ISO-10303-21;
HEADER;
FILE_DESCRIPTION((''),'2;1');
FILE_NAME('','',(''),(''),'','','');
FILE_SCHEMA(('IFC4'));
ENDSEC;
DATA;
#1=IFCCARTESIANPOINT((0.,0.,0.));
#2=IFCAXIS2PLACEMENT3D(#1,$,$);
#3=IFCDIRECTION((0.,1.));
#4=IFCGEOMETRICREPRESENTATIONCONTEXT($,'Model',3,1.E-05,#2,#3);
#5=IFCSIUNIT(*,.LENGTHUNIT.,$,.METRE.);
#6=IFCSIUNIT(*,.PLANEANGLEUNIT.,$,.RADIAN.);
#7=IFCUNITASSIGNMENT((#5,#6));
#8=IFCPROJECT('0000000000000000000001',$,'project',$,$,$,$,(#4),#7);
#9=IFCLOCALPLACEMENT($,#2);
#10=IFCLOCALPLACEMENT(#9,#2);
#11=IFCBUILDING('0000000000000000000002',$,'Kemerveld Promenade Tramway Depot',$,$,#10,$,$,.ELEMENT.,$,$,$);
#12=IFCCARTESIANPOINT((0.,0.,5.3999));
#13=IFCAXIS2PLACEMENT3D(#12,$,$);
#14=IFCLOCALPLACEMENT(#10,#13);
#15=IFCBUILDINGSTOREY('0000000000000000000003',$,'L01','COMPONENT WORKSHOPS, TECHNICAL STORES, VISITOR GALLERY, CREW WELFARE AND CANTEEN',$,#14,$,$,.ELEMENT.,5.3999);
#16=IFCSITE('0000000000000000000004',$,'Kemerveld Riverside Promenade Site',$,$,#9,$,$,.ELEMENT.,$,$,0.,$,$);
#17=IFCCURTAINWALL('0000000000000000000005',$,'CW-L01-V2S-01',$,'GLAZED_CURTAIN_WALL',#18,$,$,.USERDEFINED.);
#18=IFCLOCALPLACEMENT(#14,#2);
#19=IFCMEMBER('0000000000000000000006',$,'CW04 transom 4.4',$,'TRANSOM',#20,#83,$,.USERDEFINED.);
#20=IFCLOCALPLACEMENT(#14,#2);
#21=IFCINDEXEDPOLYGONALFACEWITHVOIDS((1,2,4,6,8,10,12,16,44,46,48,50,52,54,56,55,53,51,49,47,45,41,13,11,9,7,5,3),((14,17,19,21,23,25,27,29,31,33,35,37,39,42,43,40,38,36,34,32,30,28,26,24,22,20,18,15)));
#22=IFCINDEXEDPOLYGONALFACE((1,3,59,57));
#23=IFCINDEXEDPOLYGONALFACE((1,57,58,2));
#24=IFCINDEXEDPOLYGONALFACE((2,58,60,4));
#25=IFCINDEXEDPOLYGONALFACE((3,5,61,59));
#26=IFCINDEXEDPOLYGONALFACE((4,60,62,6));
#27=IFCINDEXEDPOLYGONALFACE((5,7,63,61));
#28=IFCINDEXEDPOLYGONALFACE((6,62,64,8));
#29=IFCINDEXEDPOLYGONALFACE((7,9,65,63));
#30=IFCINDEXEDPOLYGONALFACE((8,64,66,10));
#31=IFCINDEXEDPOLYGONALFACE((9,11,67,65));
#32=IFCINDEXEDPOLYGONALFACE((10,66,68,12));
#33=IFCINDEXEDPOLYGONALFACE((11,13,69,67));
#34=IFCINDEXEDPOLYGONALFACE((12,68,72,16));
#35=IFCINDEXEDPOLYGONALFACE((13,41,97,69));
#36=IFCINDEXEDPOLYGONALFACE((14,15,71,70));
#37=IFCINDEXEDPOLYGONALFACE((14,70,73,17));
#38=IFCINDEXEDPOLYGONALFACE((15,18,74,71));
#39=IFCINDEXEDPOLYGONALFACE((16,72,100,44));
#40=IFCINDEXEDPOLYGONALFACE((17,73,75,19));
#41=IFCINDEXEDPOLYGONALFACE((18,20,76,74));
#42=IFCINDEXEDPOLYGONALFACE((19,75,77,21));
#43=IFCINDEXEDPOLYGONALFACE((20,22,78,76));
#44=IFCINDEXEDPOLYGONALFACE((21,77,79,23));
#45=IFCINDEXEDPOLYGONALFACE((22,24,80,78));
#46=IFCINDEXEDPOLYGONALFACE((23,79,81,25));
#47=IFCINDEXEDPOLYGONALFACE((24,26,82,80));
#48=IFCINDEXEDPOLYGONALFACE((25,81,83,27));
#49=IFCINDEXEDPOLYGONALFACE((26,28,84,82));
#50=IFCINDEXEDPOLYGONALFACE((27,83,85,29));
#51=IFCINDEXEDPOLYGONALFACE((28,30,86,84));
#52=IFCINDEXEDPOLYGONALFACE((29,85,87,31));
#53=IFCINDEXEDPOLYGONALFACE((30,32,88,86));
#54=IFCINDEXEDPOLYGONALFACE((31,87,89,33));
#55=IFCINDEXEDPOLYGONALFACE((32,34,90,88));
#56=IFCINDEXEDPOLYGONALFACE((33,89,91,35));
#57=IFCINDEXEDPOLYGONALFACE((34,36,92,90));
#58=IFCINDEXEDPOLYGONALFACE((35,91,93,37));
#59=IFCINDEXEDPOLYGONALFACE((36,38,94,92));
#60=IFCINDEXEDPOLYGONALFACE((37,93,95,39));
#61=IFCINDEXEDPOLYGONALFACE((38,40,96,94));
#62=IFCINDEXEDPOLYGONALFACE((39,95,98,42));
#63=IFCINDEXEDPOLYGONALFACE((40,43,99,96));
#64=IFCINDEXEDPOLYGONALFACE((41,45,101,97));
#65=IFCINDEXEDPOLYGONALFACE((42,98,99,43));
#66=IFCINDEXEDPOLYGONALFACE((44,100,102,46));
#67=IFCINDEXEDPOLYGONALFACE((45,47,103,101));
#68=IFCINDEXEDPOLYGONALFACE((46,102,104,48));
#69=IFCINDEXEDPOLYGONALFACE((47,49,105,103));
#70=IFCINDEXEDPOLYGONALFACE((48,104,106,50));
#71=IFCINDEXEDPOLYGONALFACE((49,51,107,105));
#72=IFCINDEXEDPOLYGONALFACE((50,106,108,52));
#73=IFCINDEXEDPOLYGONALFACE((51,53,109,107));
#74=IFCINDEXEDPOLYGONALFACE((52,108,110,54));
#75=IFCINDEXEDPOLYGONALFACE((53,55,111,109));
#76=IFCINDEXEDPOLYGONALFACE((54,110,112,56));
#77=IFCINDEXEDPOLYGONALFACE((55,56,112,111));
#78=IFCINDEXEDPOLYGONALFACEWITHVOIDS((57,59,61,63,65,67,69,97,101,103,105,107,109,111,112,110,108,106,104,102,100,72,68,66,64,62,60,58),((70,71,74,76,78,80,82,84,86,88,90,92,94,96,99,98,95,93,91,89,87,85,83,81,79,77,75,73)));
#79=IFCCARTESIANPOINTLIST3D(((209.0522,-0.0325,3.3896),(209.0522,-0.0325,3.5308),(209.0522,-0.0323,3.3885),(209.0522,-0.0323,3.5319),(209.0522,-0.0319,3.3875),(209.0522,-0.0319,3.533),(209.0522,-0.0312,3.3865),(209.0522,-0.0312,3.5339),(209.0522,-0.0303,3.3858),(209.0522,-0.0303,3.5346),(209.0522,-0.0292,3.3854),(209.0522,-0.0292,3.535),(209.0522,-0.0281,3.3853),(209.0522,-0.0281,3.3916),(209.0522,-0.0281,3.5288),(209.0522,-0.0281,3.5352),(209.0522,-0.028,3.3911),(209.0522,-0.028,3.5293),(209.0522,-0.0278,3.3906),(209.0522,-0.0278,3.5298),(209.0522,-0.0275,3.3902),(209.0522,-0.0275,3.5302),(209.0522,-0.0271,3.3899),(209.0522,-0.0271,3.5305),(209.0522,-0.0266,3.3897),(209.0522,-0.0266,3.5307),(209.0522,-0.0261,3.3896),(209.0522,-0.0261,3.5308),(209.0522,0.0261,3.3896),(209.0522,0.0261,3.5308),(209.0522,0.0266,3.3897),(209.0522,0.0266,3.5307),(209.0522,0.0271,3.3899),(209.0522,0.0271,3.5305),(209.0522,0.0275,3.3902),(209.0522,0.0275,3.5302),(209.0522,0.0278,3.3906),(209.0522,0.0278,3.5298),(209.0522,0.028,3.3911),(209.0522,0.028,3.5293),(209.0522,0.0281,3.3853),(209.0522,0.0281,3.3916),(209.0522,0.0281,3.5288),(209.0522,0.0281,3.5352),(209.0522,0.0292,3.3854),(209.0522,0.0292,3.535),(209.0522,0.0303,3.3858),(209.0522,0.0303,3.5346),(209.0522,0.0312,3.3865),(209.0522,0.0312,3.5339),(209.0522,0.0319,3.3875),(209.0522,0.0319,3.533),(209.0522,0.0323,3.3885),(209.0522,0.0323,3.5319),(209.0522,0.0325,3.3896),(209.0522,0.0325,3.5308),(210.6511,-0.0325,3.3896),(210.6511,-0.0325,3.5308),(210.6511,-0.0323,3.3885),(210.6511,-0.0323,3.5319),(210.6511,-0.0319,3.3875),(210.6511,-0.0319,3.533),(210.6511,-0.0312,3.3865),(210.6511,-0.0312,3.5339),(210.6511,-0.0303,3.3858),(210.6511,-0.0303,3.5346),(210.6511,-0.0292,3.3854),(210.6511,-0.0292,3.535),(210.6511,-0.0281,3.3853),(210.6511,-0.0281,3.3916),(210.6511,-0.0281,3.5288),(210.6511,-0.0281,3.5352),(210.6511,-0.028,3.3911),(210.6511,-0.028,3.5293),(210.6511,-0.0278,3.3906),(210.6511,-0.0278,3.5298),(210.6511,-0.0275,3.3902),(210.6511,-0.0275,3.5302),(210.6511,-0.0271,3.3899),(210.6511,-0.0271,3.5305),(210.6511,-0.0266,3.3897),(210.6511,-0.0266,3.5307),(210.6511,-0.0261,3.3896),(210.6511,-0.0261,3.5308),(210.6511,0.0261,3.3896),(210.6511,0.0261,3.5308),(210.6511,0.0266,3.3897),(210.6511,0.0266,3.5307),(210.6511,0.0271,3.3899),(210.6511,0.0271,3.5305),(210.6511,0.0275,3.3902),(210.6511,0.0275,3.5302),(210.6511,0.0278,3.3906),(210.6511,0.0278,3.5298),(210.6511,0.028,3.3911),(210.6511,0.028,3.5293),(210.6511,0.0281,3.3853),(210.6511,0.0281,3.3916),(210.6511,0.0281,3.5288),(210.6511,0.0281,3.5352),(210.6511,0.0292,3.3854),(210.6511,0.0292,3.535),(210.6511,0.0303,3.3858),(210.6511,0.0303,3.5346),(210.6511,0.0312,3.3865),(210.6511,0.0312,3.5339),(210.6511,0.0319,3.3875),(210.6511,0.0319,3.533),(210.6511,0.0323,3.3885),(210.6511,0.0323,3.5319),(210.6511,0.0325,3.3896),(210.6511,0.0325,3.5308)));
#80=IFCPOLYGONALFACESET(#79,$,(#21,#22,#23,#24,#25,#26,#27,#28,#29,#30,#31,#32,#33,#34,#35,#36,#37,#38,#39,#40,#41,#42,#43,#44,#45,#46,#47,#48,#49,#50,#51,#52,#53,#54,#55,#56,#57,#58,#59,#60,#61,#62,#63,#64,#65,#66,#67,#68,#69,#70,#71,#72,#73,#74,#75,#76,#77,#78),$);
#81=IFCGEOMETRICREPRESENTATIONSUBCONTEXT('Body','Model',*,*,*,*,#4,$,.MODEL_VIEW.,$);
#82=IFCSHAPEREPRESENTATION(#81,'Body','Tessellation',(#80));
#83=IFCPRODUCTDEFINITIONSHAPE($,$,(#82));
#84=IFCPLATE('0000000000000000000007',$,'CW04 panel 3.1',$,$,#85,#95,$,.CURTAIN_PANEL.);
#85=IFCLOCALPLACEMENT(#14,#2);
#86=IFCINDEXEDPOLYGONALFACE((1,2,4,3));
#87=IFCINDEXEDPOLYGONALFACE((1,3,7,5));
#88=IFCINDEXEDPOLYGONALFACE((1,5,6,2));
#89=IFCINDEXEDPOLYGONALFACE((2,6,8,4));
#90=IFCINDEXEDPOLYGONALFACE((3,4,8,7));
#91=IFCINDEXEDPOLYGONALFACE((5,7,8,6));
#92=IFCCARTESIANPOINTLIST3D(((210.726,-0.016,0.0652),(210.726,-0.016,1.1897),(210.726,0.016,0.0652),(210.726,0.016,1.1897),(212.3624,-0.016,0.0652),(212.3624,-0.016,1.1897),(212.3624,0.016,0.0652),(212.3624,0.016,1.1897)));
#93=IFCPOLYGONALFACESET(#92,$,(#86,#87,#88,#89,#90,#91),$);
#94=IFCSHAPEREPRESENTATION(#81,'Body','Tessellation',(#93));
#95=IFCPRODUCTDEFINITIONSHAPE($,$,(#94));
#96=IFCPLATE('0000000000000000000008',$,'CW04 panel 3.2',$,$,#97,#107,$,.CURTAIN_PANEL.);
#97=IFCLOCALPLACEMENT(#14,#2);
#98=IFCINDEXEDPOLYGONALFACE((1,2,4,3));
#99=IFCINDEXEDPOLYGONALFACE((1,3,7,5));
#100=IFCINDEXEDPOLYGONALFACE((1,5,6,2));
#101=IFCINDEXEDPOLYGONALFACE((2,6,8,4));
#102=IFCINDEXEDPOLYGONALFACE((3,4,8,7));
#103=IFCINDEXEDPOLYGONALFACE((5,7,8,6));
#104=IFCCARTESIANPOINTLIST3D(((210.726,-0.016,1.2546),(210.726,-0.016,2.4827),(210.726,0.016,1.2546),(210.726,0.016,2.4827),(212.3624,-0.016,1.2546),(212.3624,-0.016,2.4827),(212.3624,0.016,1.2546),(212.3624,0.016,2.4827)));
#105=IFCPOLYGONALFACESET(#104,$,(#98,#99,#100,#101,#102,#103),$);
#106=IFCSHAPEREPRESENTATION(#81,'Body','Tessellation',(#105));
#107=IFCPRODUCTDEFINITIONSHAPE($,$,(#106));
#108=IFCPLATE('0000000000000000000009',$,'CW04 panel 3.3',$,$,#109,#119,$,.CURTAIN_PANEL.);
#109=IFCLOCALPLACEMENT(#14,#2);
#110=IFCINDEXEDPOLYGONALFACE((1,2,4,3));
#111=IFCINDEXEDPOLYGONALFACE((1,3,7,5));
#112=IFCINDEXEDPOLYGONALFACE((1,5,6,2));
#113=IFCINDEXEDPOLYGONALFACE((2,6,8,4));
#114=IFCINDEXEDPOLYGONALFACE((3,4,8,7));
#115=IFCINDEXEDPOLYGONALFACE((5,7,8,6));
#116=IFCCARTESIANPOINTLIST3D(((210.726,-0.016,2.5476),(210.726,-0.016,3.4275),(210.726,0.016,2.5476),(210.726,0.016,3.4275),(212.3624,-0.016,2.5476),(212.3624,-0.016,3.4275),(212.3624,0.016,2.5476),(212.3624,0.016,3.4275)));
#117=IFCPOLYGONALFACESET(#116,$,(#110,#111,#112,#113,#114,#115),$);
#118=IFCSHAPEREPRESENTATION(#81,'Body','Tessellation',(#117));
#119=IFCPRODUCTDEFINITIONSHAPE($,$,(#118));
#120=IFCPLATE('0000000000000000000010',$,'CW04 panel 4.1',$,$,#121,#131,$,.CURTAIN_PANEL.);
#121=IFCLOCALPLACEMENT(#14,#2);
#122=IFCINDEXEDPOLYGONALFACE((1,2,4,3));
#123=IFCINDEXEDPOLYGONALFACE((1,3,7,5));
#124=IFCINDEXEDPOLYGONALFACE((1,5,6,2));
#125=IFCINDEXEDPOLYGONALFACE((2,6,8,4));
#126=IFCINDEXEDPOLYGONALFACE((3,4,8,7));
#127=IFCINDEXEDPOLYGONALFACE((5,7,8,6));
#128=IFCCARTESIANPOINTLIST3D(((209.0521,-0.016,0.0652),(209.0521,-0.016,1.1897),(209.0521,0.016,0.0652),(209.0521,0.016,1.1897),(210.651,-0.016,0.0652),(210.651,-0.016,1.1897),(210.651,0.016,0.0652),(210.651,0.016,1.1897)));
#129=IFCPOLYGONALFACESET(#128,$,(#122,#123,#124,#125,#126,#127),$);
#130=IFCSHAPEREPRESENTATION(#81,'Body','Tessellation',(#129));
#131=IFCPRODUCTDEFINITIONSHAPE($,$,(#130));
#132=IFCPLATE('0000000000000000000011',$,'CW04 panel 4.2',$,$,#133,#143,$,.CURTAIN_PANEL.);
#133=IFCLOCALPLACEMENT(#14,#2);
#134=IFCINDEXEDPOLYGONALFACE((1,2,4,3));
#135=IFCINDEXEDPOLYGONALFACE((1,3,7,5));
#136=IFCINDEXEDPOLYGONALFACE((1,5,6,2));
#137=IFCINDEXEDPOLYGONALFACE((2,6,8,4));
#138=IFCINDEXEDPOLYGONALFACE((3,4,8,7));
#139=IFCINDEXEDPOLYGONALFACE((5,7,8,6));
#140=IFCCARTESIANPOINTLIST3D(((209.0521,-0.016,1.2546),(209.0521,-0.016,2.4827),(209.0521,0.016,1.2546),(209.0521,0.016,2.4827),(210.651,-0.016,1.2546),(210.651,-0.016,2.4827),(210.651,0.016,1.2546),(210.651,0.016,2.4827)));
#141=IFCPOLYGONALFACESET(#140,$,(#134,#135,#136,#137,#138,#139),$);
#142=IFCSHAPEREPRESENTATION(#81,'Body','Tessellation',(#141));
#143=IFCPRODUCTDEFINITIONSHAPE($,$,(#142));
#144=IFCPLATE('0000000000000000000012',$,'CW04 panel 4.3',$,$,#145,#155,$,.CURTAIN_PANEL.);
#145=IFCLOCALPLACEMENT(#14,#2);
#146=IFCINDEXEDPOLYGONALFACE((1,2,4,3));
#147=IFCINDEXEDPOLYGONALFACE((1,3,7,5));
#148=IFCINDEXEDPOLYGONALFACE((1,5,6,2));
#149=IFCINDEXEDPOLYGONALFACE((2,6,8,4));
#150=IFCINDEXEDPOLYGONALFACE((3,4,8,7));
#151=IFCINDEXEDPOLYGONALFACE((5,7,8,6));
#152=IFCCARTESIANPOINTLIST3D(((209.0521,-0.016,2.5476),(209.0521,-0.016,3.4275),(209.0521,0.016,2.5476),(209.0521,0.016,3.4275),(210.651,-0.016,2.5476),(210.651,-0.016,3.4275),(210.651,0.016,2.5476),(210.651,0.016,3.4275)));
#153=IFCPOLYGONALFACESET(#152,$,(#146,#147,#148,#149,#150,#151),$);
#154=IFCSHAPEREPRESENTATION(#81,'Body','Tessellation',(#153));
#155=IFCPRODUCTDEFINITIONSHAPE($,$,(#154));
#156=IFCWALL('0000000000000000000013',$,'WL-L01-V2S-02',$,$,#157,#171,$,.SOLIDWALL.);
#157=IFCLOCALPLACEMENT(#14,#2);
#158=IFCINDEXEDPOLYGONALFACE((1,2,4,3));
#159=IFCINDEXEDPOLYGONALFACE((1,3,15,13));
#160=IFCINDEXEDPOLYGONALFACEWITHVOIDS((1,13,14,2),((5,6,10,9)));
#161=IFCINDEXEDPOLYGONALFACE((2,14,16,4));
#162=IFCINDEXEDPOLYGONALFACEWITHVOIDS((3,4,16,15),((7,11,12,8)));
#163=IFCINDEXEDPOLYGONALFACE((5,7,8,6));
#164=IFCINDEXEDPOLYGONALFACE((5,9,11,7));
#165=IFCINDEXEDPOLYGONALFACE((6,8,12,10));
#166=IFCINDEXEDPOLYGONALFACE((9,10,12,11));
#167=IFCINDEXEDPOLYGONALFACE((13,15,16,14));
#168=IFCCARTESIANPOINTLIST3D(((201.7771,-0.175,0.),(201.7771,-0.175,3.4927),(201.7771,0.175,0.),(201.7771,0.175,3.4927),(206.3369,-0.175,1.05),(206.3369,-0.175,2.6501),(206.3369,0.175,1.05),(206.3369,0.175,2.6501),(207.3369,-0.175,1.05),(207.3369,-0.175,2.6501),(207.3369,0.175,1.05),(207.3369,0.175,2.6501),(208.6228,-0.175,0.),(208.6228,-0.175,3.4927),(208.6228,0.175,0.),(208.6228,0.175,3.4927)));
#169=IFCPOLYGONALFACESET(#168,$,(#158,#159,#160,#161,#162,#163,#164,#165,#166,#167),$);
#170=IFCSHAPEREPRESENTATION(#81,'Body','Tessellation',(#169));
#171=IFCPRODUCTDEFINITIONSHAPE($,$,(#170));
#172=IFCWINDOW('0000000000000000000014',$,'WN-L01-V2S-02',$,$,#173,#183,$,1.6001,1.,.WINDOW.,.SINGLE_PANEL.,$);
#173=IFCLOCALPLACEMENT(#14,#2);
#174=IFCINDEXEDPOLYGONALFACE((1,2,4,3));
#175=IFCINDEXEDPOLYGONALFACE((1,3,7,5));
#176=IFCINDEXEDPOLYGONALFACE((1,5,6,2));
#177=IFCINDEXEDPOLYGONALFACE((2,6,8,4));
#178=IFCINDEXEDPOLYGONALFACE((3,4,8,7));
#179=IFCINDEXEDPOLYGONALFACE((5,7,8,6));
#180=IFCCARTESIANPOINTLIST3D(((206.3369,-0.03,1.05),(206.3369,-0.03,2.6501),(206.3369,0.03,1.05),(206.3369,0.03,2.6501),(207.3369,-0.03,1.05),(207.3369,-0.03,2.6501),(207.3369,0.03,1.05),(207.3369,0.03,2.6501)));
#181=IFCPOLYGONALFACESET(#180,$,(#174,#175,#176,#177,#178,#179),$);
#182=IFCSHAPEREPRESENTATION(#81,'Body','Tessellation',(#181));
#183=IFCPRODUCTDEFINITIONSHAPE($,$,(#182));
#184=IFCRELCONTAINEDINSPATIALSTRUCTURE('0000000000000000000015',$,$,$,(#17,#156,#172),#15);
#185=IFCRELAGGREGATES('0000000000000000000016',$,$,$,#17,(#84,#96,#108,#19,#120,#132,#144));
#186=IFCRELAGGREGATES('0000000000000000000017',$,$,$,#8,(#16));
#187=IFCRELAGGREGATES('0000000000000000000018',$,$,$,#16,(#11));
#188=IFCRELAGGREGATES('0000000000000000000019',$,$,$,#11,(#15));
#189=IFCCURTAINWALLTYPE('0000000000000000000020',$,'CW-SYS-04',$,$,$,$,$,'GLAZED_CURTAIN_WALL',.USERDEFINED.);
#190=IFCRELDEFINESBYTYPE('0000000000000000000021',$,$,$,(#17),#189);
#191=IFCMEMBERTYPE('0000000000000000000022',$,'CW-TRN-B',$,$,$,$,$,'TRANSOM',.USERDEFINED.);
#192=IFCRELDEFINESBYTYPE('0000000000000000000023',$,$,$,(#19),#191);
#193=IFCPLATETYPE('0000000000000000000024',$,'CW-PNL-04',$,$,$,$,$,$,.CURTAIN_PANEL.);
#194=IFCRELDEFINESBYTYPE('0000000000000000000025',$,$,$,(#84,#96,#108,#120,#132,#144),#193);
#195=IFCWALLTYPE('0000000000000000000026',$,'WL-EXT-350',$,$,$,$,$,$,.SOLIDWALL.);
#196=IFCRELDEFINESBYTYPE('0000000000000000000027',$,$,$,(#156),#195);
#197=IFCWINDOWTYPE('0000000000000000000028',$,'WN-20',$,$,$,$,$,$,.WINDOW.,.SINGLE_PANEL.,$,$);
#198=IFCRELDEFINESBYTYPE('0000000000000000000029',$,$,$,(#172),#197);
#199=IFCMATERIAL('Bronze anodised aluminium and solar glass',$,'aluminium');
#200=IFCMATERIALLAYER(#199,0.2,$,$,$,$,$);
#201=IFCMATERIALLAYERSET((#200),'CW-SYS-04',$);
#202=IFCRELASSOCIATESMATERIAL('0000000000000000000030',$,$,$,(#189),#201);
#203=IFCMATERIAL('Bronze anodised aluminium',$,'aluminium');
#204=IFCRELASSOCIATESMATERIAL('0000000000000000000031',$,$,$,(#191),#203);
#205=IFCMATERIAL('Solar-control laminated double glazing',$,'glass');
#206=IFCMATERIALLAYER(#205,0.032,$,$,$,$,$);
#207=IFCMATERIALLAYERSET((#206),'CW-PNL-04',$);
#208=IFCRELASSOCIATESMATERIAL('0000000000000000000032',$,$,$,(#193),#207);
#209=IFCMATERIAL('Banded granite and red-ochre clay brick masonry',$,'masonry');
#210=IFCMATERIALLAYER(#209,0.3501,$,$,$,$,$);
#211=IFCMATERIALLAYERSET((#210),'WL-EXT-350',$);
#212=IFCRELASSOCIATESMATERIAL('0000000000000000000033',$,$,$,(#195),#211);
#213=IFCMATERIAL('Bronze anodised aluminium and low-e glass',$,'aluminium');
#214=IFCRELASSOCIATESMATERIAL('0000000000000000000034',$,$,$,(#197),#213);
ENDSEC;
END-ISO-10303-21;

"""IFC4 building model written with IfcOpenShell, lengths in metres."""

from ifc_helpers import new_model, si_unit, direction, frame, frame_2d, origin, origin_2d, place, context, subcontext, project, spatial, rectangle, hollow_rectangle, extrude, material, layer, layer_set, material_profile, profile_set, type_object, element, fill, aggregate, save


model = new_model("IFC4")

# Units and contexts
model_context = context("Model", 3, precision=1e-05, world=origin(), true_north=direction((0.0, 1.0)))
body_context = subcontext(model_context, "Body", "Model", "MODEL_VIEW")
ifc_project = project(units=[si_unit("LENGTHUNIT", "METRE"), si_unit("PLANEANGLEUNIT", "RADIAN")], contexts=[model_context])

# Site, building, storey
site_placement = place(None, origin())
site = spatial("IfcSite", under=ifc_project, at=site_placement, Name="Kemerveld Riverside Promenade Site", CompositionType="ELEMENT", RefElevation=0.0)
building_placement = place(site_placement, origin())
building = spatial("IfcBuilding", under=site, at=building_placement, Name="Kemerveld Promenade Tramway Depot", CompositionType="ELEMENT")
storey_placement = place(building_placement, frame((0.0, 0.0, 5.3999)))
storey = spatial("IfcBuildingStorey", under=building, at=storey_placement, Name="L01", Description="COMPONENT WORKSHOPS, TECHNICAL STORES, VISITOR GALLERY, CREW WELFARE AND CANTEEN", CompositionType="ELEMENT", Elevation=5.3999)

# Curtain wall, member, plates
ifc_material_1 = material(Name="Bronze anodised aluminium and solar glass", Category="aluminium")
ifc_layer_1 = layer(ifc_material_1, 0.2)
ifc_layer_set_1 = layer_set([ifc_layer_1], Name="CW-SYS-04")
curtain_wall_type = type_object("IfcCurtainWallType", Name="CW-SYS-04", ElementType="GLAZED_CURTAIN_WALL", PredefinedType="USERDEFINED", material=ifc_layer_set_1)
curtain_wall_placement = place(storey_placement, origin())
curtain_wall = element("IfcCurtainWall", 1, at=curtain_wall_placement, inside=storey, type_object=curtain_wall_type, Name="CW-L01-V2S-01", ObjectType="GLAZED_CURTAIN_WALL", PredefinedType="USERDEFINED")
ifc_material_2 = material(Name="Bronze anodised aluminium", Category="aluminium")
ifc_material_profile_1 = material_profile(ifc_material_2, hollow_rectangle(XDim=0.0649, YDim=0.1499, WallThickness=0.0044, InnerFilletRadius=0.002, OuterFilletRadius=0.0044, at=origin_2d()), Name="CW-TRN-150x65")
ifc_profile_set_1 = profile_set([ifc_material_profile_1], Name="Bronze anodised aluminium")
member_type_1 = type_object("IfcMemberType", Name="CW-TRN-B", ElementType="TRANSOM", PredefinedType="USERDEFINED", material=ifc_profile_set_1)
member_1_placement = place(storey_placement, frame((210.6511, 0.0, 3.4602), z_axis=(-1.0, 0.0, 0.0), x_axis=(0.0, -1.0, 0.0)))
member_1 = element("IfcMember", 2, at=member_1_placement, type_object=member_type_1, Name="CW04 transom 4.4", ObjectType="TRANSOM", PredefinedType="USERDEFINED", context=body_context, shape_type="SweptSolid", body=[
    extrude(hollow_rectangle(XDim=0.0649, YDim=0.1499, WallThickness=0.0044, InnerFilletRadius=0.002, OuterFilletRadius=0.0044, at=origin_2d()), origin(), (0.0, 0.0, 1.0), 1.5989),
])
ifc_material_3 = material(Name="Solar-control laminated double glazing", Category="glass")
ifc_layer_2 = layer(ifc_material_3, 0.032)
ifc_layer_set_2 = layer_set([ifc_layer_2], Name="CW-PNL-04")
plate_type = type_object("IfcPlateType", Name="CW-PNL-04", PredefinedType="CURTAIN_PANEL", material=ifc_layer_set_2)
plate_1_placement = place(storey_placement, frame((211.5442, 0.0, 0.0652), z_axis=(0.0, 0.0, 1.0), x_axis=(-1.0, 0.0, 0.0)))
plate_1 = element("IfcPlate", 3, at=plate_1_placement, type_object=plate_type, Name="CW04 panel 3.1", PredefinedType="CURTAIN_PANEL", context=body_context, shape_type="SweptSolid", body=[
    extrude(rectangle(XDim=1.6365, YDim=0.032, at=origin_2d()), origin(), (0.0, 0.0, 1.0), 1.1245),
])
plate_2_placement = place(storey_placement, frame((211.5442, 0.0, 1.2546), z_axis=(0.0, 0.0, 1.0), x_axis=(-1.0, 0.0, 0.0)))
plate_2 = element("IfcPlate", 4, at=plate_2_placement, type_object=plate_type, Name="CW04 panel 3.2", PredefinedType="CURTAIN_PANEL", context=body_context, shape_type="SweptSolid", body=[
    extrude(rectangle(XDim=1.6365, YDim=0.032, at=origin_2d()), origin(), (0.0, 0.0, 1.0), 1.228),
])
plate_3_placement = place(storey_placement, frame((211.5442, 0.0, 2.5476), z_axis=(0.0, 0.0, 1.0), x_axis=(-1.0, 0.0, 0.0)))
plate_3 = element("IfcPlate", 5, at=plate_3_placement, type_object=plate_type, Name="CW04 panel 3.3", PredefinedType="CURTAIN_PANEL", context=body_context, shape_type="SweptSolid", body=[
    extrude(rectangle(XDim=1.6365, YDim=0.032, at=origin_2d()), origin(), (0.0, 0.0, 1.0), 0.8799),
])
plate_4_placement = place(storey_placement, frame((209.8516, 0.0, 0.0652), z_axis=(0.0, 0.0, 1.0), x_axis=(-1.0, 0.0, 0.0)))
plate_4 = element("IfcPlate", 6, at=plate_4_placement, type_object=plate_type, Name="CW04 panel 4.1", PredefinedType="CURTAIN_PANEL", context=body_context, shape_type="SweptSolid", body=[
    extrude(rectangle(XDim=1.5989, YDim=0.032, at=origin_2d()), origin(), (0.0, 0.0, 1.0), 1.1245),
])
plate_5_placement = place(storey_placement, frame((209.8516, 0.0, 1.2546), z_axis=(0.0, 0.0, 1.0), x_axis=(-1.0, 0.0, 0.0)))
plate_5 = element("IfcPlate", 7, at=plate_5_placement, type_object=plate_type, Name="CW04 panel 4.2", PredefinedType="CURTAIN_PANEL", context=body_context, shape_type="SweptSolid", body=[
    extrude(rectangle(XDim=1.5989, YDim=0.032, at=origin_2d()), origin(), (0.0, 0.0, 1.0), 1.228),
])
plate_6_placement = place(storey_placement, frame((209.8516, 0.0, 2.5476), z_axis=(0.0, 0.0, 1.0), x_axis=(-1.0, 0.0, 0.0)))
plate_6 = element("IfcPlate", 8, at=plate_6_placement, type_object=plate_type, Name="CW04 panel 4.3", PredefinedType="CURTAIN_PANEL", context=body_context, shape_type="SweptSolid", body=[
    extrude(rectangle(XDim=1.5989, YDim=0.032, at=origin_2d()), origin(), (0.0, 0.0, 1.0), 0.8799),
])
aggregate(curtain_wall, [plate_1, plate_2, plate_3, member_1, plate_4, plate_5, plate_6])

# Wall, opening, window
ifc_material_4 = material(Name="Banded granite and red-ochre clay brick masonry", Category="masonry")
ifc_layer_3 = layer(ifc_material_4, 0.3501)
ifc_layer_set_3 = layer_set([ifc_layer_3], Name="WL-EXT-350")
wall_type_1 = type_object("IfcWallType", Name="WL-EXT-350", PredefinedType="SOLIDWALL", material=ifc_layer_set_3)
wall_1_placement = place(storey_placement, frame((208.6228, 0.0, 0.0), z_axis=(0.0, 0.0, 1.0), x_axis=(-1.0, 0.0, 0.0)))
wall_1 = element("IfcWall", 9, at=wall_1_placement, inside=storey, type_object=wall_type_1, Name="WL-L01-V2S-02", PredefinedType="SOLIDWALL", context=body_context, shape_type="SweptSolid", body=[
    extrude(rectangle(XDim=6.8457, YDim=0.3501, at=frame_2d((3.4229, 0.0))), origin(), (0.0, 0.0, 1.0), 3.4927),
])
opening_1_placement = place(wall_1_placement, frame((1.2859, 0.0, 1.05)))
opening_1 = element("IfcOpeningElement", 10, at=opening_1_placement, cuts=wall_1, PredefinedType="OPENING", context=body_context, shape_type="SweptSolid", body=[
    extrude(rectangle(XDim=1.0, YDim=1.6001, at=frame_2d((0.5, 0.8))), frame((0.0, 0.1851, 0.0), z_axis=(0.0, -1.0, 0.0), x_axis=(1.0, 0.0, 0.0)), (0.0, 0.0, 1.0), 0.3701),
])
ifc_material_5 = material(Name="Bronze anodised aluminium and low-e glass", Category="aluminium")
window_type = type_object("IfcWindowType", Name="WN-20", PartitioningType="SINGLE_PANEL", PredefinedType="WINDOW", material=ifc_material_5)
window_placement = place(opening_1_placement, origin())
window = element("IfcWindow", 11, at=window_placement, inside=storey, type_object=window_type, Name="WN-L01-V2S-02", OverallHeight=1.6001, OverallWidth=1.0, PartitioningType="SINGLE_PANEL", PredefinedType="WINDOW", context=body_context, shape_type="SweptSolid", body=[
    extrude(rectangle(XDim=1.0, YDim=1.6001, at=frame_2d((0.5, 0.8))), frame((0.0, 0.03, 0.0), z_axis=(0.0, -1.0, 0.0), x_axis=(1.0, 0.0, 0.0)), (0.0, 0.0, 1.0), 0.0601),
])
fill(opening_1, window)

save(model, "model.ifc")
